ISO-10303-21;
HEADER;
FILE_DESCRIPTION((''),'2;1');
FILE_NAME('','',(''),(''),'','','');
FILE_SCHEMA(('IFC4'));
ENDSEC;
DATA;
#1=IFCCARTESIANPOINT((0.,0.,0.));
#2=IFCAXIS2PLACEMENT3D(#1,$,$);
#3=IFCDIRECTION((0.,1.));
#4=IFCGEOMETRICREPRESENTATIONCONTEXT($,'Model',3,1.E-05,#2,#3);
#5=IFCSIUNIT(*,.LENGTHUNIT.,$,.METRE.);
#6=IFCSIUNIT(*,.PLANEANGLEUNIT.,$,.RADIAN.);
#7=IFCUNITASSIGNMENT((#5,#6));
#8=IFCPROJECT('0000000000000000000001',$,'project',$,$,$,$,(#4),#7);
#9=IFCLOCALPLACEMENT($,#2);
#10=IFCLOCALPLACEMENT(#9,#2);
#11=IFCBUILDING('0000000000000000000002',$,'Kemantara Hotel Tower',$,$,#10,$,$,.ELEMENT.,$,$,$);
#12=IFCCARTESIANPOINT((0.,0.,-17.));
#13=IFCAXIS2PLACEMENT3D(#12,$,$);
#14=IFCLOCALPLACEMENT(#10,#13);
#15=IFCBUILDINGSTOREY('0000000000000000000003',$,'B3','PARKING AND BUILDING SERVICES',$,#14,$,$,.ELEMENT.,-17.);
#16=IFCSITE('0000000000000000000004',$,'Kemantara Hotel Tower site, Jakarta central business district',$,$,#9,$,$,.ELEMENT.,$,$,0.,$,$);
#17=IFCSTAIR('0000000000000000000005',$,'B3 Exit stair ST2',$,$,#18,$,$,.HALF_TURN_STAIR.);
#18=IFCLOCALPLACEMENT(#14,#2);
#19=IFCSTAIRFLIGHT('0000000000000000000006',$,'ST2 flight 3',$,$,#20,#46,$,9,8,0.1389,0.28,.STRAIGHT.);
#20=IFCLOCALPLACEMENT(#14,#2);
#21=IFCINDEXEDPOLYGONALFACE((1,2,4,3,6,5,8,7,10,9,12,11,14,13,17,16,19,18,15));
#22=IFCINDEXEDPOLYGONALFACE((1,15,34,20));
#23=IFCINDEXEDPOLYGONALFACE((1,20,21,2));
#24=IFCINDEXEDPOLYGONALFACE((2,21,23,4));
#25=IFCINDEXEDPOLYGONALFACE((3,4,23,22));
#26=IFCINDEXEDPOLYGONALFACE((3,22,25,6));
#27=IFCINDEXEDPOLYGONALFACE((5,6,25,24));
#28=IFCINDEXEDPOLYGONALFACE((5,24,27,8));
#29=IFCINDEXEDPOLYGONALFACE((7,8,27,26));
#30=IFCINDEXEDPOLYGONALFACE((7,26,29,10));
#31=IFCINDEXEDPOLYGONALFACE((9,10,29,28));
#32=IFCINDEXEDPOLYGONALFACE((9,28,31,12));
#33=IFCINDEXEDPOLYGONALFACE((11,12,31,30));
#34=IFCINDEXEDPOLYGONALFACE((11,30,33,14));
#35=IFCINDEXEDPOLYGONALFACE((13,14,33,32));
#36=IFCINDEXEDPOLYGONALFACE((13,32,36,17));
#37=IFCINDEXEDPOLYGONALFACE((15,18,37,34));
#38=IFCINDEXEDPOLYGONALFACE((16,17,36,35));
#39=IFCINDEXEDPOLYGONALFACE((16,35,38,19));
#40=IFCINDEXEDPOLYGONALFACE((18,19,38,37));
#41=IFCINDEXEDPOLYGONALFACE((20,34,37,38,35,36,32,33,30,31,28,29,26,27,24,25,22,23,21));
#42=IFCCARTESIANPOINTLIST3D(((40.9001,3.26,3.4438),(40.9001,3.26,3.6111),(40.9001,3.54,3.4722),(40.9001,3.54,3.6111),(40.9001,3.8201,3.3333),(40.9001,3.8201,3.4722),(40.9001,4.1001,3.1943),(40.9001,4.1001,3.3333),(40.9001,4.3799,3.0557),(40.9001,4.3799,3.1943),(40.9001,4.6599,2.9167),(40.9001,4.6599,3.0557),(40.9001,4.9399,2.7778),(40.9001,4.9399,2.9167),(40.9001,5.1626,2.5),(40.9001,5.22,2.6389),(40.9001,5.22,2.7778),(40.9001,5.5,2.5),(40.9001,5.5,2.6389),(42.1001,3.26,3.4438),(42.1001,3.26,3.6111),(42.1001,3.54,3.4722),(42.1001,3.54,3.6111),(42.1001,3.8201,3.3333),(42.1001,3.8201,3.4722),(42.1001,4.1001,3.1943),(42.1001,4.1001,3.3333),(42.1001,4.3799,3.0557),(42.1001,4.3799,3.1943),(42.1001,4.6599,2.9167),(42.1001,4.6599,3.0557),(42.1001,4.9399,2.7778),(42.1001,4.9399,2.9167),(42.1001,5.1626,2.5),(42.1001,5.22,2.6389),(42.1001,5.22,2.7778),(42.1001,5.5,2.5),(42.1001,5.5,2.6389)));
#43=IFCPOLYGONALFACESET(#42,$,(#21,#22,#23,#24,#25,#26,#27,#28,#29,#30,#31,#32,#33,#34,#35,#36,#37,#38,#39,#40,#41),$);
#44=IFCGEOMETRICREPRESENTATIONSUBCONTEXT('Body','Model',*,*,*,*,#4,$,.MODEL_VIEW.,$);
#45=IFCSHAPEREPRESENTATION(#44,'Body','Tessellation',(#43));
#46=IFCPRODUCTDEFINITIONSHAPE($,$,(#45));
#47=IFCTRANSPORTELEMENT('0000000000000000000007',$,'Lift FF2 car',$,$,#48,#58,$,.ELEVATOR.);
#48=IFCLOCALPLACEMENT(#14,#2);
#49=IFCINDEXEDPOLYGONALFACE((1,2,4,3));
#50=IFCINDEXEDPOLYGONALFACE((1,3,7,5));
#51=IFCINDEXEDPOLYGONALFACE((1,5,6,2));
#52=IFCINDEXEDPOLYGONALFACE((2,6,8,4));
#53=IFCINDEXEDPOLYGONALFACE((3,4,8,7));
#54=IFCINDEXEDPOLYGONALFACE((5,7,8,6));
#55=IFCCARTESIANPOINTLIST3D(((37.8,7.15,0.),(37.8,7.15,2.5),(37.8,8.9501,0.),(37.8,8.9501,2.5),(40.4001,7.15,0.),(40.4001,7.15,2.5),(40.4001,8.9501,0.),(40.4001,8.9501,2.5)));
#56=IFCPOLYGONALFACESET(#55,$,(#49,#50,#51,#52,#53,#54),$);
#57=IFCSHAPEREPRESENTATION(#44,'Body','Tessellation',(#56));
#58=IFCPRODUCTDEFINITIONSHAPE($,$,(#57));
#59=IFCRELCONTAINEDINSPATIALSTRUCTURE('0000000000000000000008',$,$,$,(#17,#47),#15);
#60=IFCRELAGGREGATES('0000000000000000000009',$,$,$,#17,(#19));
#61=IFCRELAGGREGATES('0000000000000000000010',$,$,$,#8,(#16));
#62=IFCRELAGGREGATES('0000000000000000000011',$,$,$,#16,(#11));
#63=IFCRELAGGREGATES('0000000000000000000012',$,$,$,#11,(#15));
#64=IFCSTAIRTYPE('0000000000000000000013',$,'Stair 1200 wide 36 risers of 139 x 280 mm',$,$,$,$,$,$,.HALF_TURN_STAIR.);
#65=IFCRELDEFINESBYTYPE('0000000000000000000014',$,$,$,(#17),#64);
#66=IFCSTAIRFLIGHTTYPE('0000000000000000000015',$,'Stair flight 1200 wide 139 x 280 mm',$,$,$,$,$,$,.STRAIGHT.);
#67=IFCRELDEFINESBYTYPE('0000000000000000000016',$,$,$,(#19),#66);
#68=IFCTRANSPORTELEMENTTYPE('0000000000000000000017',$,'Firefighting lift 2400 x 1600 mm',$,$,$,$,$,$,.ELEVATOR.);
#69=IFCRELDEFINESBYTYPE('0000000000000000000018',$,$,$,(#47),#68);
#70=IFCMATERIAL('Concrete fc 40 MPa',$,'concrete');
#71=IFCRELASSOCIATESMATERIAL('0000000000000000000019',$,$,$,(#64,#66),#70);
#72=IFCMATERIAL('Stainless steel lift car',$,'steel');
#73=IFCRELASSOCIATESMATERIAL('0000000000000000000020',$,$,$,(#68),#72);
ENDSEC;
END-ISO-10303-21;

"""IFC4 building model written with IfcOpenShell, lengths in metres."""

from ifc_helpers import new_model, si_unit, direction, frame, origin, origin_2d, place, context, subcontext, project, spatial, polyline, rectangle, outline, extrude, material, type_object, element, aggregate, save


model = new_model("IFC4")

# Units and contexts
model_context = context("Model", 3, precision=1e-05, world=origin(), true_north=direction((0.0, 1.0)))
body_context = subcontext(model_context, "Body", "Model", "MODEL_VIEW")
ifc_project = project(units=[si_unit("LENGTHUNIT", "METRE"), si_unit("PLANEANGLEUNIT", "RADIAN")], contexts=[model_context])

# Site, building, storey
site_placement = place(None, origin())
site = spatial("IfcSite", under=ifc_project, at=site_placement, Name="Kemantara Hotel Tower site, Jakarta central business district", CompositionType="ELEMENT", RefElevation=0.0)
building_placement = place(site_placement, origin())
building = spatial("IfcBuilding", under=site, at=building_placement, Name="Kemantara Hotel Tower", CompositionType="ELEMENT")
storey_placement = place(building_placement, frame((0.0, 0.0, -17.0)))
storey = spatial("IfcBuildingStorey", under=building, at=storey_placement, Name="B3", Description="PARKING AND BUILDING SERVICES", CompositionType="ELEMENT", Elevation=-17.0)

# Stair, stair flight
ifc_material_1 = material(Name="Concrete fc 40 MPa", Category="concrete")
stair_type = type_object("IfcStairType", Name="Stair 1200 wide 36 risers of 139 x 280 mm", PredefinedType="HALF_TURN_STAIR", material=ifc_material_1)
stair_placement = place(storey_placement, origin())
stair = element("IfcStair", 1, at=stair_placement, inside=storey, type_object=stair_type, Name="B3 Exit stair ST2", PredefinedType="HALF_TURN_STAIR")
stair_flight_type = type_object("IfcStairFlightType", Name="Stair flight 1200 wide 139 x 280 mm", PredefinedType="STRAIGHT", material=ifc_material_1)
stair_flight_1_placement = place(storey_placement, frame((41.5, 5.5, 2.5), z_axis=(0.0, 0.0, 1.0), x_axis=(0.0, -1.0, 0.0)))
stair_flight_1 = element("IfcStairFlight", 2, at=stair_flight_1_placement, type_object=stair_flight_type, Name="ST2 flight 3", NumberOfRisers=9, NumberOfTreads=8, PredefinedType="STRAIGHT", RiserHeight=0.1389, TreadLength=0.28, context=body_context, shape_type="SweptSolid", body=[
    extrude(outline(polyline([(0.0, 0.0), (0.0, 0.1389), (0.28, 0.1389), (0.28, 0.2778), (0.5601, 0.2778), (0.5601, 0.4167), (0.8401, 0.4167), (0.8401, 0.5557), (1.1201, 0.5557), (1.1201, 0.6943), (1.3999, 0.6943), (1.3999, 0.8333), (1.6799, 0.8333), (1.6799, 0.9722), (1.96, 0.9722), (1.96, 1.1111), (2.24, 1.1111), (2.24, 1.25), (2.24, 0.9438), (0.3374, 0.0), (0.0, 0.0)])), frame((0.0, 0.6001, 0.0), z_axis=(0.0, -1.0, 0.0), x_axis=(1.0, 0.0, 0.0)), (0.0, 0.0, 1.0), 1.2),
])
aggregate(stair, [stair_flight_1])

# Transport element
ifc_material_2 = material(Name="Stainless steel lift car", Category="steel")
transport_element_type = type_object("IfcTransportElementType", Name="Firefighting lift 2400 x 1600 mm", PredefinedType="ELEVATOR", material=ifc_material_2)
transport_element_placement = place(storey_placement, frame((39.1001, 8.05, 0.0), z_axis=(0.0, 0.0, 1.0), x_axis=(1.0, 0.0, 0.0)))
element("IfcTransportElement", 3, at=transport_element_placement, inside=storey, type_object=transport_element_type, Name="Lift FF2 car", PredefinedType="ELEVATOR", context=body_context, shape_type="SweptSolid", body=[
    extrude(rectangle(XDim=2.6001, YDim=1.8, at=origin_2d()), origin(), (0.0, 0.0, 1.0), 2.5),
])

save(model, "model.ifc")
